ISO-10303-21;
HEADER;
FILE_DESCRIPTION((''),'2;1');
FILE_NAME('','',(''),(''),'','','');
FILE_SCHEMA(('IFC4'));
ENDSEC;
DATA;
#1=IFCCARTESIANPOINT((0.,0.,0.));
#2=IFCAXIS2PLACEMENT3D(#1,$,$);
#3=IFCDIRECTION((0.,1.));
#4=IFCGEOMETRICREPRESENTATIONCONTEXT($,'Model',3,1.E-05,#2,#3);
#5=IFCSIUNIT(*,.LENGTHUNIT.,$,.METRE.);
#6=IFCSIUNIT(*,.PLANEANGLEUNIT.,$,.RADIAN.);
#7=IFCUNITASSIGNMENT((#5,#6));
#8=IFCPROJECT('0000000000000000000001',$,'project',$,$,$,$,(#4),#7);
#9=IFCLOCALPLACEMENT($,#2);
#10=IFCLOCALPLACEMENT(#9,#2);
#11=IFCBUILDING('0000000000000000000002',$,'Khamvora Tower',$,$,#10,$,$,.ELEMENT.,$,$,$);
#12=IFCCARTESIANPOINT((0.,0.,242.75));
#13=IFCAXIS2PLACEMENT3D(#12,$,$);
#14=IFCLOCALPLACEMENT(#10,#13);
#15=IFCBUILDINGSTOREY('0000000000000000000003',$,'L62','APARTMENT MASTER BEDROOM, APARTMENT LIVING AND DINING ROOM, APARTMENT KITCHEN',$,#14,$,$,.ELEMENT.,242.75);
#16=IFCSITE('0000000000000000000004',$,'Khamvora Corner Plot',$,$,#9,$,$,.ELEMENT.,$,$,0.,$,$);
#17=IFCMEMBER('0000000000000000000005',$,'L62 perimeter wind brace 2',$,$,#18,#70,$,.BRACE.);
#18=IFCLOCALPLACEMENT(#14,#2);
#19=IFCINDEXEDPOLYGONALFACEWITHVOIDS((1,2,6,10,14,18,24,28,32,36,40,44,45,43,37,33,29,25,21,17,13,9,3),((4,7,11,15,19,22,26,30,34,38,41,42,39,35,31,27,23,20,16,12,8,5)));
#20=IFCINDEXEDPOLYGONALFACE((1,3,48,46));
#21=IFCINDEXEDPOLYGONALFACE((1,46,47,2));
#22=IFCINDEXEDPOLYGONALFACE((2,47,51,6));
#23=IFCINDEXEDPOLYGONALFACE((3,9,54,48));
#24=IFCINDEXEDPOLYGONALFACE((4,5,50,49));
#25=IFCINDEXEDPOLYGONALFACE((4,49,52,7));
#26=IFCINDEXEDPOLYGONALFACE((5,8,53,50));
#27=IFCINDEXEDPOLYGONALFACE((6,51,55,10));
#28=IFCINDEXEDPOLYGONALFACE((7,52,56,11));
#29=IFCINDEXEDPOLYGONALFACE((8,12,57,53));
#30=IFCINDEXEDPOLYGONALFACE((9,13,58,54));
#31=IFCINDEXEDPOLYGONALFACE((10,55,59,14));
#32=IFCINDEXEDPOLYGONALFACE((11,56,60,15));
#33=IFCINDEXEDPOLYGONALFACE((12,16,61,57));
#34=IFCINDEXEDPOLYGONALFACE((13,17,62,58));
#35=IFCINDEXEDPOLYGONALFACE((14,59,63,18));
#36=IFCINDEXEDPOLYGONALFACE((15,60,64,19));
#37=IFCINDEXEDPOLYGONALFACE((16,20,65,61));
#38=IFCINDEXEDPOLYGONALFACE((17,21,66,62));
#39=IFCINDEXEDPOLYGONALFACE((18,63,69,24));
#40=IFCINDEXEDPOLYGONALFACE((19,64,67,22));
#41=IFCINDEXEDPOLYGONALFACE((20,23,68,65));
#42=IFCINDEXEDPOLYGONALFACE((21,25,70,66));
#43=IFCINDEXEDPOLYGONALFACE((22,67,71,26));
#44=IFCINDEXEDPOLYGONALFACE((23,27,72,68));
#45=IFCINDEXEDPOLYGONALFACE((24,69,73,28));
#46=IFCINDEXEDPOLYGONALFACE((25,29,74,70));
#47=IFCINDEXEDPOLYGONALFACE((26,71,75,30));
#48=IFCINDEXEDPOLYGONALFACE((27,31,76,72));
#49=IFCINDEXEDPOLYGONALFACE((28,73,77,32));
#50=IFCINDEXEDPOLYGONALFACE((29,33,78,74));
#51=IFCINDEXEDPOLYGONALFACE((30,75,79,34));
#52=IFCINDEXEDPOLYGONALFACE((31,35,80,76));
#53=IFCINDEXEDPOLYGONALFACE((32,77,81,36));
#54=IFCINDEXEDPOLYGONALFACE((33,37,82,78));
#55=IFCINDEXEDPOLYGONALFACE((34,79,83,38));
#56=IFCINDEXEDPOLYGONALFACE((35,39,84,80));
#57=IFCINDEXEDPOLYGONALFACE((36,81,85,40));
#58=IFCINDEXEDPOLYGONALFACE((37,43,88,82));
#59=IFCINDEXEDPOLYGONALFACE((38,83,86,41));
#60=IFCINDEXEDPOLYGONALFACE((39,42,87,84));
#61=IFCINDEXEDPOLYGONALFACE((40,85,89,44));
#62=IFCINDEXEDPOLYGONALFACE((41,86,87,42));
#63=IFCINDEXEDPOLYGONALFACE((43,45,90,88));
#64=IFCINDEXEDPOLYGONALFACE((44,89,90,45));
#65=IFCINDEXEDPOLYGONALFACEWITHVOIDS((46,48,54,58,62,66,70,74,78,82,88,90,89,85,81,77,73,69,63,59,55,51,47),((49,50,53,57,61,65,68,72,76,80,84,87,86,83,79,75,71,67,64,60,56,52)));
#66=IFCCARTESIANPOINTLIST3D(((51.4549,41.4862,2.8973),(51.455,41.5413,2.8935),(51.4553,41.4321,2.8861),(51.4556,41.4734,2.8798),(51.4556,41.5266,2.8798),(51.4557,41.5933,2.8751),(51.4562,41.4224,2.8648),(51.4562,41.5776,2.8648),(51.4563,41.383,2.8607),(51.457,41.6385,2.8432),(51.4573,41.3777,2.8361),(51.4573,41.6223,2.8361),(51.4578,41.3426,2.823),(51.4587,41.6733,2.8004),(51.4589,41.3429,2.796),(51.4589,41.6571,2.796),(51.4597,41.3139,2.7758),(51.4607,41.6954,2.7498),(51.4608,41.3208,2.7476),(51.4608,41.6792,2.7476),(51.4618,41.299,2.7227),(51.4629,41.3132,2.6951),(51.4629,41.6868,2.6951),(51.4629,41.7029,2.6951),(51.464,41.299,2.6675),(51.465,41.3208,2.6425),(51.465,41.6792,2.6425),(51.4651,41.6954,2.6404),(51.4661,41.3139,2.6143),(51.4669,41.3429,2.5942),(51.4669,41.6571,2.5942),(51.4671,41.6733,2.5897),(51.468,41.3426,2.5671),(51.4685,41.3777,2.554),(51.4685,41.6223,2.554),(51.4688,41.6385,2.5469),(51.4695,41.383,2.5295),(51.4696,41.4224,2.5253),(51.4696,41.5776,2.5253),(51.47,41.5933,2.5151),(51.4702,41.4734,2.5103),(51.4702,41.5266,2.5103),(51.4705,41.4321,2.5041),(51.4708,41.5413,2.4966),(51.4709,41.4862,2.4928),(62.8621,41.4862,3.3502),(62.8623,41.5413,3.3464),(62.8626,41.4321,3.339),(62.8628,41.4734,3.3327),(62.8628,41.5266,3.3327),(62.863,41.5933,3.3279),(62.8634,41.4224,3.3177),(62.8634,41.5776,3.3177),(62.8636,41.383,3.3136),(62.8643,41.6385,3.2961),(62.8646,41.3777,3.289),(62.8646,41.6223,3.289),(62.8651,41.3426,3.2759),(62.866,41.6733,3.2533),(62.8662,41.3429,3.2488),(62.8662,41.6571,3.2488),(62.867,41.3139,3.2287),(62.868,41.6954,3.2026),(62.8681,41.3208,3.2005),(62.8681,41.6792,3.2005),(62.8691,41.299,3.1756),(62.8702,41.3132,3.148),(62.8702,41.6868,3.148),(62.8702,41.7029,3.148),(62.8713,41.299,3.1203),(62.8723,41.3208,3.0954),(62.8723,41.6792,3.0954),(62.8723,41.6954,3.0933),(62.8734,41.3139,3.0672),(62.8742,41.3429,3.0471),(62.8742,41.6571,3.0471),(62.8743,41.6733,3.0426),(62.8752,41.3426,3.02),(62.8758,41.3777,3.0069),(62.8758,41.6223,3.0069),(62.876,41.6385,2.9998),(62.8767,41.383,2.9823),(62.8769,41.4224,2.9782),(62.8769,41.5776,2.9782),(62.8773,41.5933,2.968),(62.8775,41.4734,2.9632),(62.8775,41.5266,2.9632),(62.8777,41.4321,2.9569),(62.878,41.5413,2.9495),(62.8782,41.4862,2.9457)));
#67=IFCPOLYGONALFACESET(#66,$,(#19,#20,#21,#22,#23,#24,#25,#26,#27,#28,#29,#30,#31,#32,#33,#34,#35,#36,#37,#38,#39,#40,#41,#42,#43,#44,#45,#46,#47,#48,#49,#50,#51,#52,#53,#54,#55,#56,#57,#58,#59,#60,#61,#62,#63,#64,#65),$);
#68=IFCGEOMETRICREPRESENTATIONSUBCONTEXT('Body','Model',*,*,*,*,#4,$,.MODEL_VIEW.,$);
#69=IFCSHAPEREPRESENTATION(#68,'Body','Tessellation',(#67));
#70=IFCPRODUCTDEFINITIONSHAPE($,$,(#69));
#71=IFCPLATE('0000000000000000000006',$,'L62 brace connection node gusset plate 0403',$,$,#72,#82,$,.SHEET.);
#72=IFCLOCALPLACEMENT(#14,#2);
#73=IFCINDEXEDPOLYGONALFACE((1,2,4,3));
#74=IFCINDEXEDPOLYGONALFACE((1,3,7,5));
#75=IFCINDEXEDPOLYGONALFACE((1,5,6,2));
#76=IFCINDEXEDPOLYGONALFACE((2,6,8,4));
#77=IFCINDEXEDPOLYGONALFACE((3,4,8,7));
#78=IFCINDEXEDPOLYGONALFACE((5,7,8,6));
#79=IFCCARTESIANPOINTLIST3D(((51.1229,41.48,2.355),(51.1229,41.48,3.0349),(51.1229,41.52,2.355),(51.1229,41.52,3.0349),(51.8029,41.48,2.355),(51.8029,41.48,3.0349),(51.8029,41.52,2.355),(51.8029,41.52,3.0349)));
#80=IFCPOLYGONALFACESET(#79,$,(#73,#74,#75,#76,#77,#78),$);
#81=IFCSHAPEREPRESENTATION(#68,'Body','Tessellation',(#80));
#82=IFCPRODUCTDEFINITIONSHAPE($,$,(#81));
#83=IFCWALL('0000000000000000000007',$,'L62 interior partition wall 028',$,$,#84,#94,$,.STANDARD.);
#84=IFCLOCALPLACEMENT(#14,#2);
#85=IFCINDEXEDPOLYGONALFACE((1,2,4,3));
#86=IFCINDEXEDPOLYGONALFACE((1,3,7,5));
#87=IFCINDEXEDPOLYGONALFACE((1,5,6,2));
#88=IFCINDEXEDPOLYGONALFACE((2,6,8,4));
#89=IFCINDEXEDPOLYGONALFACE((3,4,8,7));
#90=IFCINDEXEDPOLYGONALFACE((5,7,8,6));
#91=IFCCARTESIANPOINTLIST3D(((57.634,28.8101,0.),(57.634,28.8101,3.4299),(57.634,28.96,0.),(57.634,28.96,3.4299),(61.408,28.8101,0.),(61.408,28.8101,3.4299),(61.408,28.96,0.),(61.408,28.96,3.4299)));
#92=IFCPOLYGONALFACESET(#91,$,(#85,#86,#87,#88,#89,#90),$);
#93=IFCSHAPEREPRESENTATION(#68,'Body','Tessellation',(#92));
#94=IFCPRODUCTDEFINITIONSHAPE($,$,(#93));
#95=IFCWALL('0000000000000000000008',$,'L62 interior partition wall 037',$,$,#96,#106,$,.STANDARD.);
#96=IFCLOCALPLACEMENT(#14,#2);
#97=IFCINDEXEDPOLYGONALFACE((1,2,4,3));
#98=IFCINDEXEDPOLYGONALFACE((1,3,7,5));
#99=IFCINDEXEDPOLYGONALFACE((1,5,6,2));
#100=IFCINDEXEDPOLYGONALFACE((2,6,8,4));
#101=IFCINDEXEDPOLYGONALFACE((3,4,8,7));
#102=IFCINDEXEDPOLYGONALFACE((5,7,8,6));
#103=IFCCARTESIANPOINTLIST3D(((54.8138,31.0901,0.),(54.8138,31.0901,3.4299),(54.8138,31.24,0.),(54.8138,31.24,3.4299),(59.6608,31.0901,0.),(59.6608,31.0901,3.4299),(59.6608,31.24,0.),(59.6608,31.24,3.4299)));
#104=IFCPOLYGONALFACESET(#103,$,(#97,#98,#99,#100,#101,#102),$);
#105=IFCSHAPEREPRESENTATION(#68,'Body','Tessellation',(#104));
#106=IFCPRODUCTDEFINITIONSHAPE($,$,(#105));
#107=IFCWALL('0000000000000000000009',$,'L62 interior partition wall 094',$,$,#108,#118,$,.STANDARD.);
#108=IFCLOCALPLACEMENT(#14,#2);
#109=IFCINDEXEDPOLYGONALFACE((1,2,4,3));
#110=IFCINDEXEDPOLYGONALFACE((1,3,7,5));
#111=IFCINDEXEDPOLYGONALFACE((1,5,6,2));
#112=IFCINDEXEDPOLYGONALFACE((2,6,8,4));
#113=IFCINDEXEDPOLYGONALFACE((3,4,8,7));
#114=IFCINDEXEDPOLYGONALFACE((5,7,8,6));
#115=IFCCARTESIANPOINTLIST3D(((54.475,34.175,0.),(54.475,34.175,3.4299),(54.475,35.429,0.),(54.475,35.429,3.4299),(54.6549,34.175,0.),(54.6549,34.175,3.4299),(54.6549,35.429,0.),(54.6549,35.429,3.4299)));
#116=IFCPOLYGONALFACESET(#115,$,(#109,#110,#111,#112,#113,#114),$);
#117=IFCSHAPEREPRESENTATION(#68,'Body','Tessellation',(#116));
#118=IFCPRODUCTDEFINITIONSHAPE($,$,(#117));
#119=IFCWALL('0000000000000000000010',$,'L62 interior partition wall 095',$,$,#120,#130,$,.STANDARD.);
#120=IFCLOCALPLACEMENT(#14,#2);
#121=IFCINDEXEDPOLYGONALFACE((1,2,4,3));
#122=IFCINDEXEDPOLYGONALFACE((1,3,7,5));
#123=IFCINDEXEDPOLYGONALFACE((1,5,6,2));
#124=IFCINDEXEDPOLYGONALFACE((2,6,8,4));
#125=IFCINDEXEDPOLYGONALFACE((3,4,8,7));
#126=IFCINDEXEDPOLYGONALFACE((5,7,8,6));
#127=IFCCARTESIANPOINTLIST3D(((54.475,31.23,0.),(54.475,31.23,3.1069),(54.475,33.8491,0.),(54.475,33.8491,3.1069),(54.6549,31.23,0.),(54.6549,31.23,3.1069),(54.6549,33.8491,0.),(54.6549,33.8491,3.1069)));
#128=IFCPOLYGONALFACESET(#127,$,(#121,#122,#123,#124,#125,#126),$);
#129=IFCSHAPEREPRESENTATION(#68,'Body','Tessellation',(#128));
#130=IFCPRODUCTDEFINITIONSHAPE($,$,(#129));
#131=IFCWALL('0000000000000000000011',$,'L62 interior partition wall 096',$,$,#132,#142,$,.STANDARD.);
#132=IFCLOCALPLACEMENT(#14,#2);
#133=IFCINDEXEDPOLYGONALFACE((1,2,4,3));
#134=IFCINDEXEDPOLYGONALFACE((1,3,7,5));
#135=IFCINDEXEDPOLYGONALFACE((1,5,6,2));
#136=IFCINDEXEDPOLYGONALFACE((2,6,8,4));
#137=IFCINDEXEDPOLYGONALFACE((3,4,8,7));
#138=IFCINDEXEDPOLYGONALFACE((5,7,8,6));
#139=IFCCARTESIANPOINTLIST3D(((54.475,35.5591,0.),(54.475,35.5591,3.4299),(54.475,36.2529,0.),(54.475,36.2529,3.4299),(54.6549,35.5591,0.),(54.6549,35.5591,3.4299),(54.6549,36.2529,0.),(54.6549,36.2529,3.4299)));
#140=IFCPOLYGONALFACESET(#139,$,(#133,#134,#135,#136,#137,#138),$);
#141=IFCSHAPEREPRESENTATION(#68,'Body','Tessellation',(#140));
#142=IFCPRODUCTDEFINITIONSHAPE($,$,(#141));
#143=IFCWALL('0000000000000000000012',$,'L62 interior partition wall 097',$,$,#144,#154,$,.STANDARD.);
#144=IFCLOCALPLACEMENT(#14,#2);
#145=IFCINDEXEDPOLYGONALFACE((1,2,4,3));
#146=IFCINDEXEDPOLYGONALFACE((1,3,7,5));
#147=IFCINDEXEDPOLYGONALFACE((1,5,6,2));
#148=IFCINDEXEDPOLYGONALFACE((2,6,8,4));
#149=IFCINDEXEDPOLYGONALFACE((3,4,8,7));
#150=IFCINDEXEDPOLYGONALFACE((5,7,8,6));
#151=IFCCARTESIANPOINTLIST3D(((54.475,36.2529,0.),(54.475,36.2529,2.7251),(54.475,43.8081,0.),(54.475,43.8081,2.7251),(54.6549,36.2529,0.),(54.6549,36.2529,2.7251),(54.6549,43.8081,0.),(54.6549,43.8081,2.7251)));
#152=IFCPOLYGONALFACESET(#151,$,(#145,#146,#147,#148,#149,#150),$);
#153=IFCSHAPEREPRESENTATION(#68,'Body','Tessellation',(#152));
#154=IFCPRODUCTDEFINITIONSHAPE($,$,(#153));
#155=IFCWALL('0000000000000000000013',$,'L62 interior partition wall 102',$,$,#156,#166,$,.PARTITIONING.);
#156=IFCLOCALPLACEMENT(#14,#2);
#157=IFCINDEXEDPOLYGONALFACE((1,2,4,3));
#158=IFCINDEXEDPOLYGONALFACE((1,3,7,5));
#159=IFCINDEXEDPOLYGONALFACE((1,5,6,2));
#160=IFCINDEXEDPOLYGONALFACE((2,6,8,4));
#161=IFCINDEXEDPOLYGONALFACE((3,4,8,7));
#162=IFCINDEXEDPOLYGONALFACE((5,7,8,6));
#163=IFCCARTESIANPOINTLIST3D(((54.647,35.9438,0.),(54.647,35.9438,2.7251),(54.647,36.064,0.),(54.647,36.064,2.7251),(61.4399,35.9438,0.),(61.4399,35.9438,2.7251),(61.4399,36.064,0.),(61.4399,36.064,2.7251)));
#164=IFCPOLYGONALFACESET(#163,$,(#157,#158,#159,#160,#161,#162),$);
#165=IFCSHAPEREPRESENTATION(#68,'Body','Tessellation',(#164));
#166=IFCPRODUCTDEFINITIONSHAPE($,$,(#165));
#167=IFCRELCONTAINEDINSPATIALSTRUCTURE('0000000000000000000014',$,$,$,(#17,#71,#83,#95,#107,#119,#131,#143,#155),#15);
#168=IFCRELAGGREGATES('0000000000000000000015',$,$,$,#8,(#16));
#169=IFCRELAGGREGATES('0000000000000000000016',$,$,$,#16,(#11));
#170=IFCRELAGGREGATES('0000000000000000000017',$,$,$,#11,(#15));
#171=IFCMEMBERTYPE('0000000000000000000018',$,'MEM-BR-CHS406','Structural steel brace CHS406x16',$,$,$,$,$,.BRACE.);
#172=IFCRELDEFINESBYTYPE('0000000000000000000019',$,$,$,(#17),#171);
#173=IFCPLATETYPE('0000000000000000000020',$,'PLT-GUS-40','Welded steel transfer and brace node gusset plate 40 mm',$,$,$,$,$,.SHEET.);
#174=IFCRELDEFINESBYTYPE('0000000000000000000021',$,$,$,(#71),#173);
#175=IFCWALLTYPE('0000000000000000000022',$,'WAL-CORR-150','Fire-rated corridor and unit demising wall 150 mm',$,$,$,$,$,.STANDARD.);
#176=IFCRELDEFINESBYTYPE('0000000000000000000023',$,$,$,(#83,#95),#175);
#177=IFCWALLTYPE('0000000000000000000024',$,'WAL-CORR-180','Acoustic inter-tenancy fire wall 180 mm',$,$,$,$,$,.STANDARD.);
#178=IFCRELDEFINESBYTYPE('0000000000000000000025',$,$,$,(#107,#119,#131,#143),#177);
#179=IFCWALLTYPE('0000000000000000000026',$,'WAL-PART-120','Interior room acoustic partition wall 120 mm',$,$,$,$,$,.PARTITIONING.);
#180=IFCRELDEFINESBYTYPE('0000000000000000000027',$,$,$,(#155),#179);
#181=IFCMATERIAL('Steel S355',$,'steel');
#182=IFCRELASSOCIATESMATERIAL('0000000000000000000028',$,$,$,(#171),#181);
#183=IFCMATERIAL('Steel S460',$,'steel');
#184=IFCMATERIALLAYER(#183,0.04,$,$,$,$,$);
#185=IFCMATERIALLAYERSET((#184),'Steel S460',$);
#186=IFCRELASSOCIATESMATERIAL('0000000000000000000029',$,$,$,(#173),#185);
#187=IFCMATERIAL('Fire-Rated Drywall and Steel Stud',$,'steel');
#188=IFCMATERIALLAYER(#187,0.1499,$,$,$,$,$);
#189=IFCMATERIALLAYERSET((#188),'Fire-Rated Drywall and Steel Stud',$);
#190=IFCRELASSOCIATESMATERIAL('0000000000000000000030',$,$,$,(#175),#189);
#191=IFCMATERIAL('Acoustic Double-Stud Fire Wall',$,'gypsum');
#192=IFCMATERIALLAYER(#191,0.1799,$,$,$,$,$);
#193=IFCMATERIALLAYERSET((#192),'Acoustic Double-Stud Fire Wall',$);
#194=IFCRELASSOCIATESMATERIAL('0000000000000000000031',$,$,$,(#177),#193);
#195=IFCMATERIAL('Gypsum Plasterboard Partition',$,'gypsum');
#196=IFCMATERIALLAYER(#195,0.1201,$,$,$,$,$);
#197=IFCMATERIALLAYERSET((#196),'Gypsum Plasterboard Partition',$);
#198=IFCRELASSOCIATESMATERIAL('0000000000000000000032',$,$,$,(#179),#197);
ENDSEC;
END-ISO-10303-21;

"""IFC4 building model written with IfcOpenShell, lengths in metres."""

from ifc_helpers import new_model, si_unit, direction, frame, frame_2d, origin, origin_2d, place, context, subcontext, project, spatial, rectangle, hollow_circle, extrude, material, layer, layer_set, material_profile, profile_set, type_object, element, save


model = new_model("IFC4")

# Units and contexts
model_context = context("Model", 3, precision=1e-05, world=origin(), true_north=direction((0.0, 1.0)))
body_context = subcontext(model_context, "Body", "Model", "MODEL_VIEW")
ifc_project = project(units=[si_unit("LENGTHUNIT", "METRE"), si_unit("PLANEANGLEUNIT", "RADIAN")], contexts=[model_context])

# Site, building, storey
site_placement = place(None, origin())
site = spatial("IfcSite", under=ifc_project, at=site_placement, Name="Khamvora Corner Plot", CompositionType="ELEMENT", RefElevation=0.0)
building_placement = place(site_placement, origin())
building = spatial("IfcBuilding", under=site, at=building_placement, Name="Khamvora Tower", CompositionType="ELEMENT")
storey_placement = place(building_placement, frame((0.0, 0.0, 242.75)))
storey = spatial("IfcBuildingStorey", under=building, at=storey_placement, Name="L62", Description="APARTMENT MASTER BEDROOM, APARTMENT LIVING AND DINING ROOM, APARTMENT KITCHEN", CompositionType="ELEMENT", Elevation=242.75)

# Shared definitions
ifc_material_1 = material(Name="Steel S355", Category="steel")

# Member
ifc_material_profile_1 = material_profile(ifc_material_1, hollow_circle(Radius=0.2029, WallThickness=0.0161, at=origin_2d()), Name="CHS406x16")
ifc_profile_set_1 = profile_set([ifc_material_profile_1], Name="Steel S355")
member_type = type_object("IfcMemberType", Name="MEM-BR-CHS406", Description="Structural steel brace CHS406x16", PredefinedType="BRACE", material=ifc_profile_set_1)
member_placement = place(storey_placement, frame((51.4629, 41.5, 2.6951), z_axis=(0.999213, 0.0, 0.03967), x_axis=(0.0, 1.0, 0.0)))
element("IfcMember", 1, at=member_placement, inside=storey, type_object=member_type, Name="L62 perimeter wind brace 2", PredefinedType="BRACE", context=body_context, shape_type="SweptSolid", body=[
    extrude(hollow_circle(Radius=0.2029, WallThickness=0.0161, at=origin_2d()), origin(), (0.0, 0.0, 1.0), 11.4163),
])

# Plate
ifc_material_2 = material(Name="Steel S460", Category="steel")
ifc_layer_1 = layer(ifc_material_2, 0.04)
ifc_layer_set_1 = layer_set([ifc_layer_1], Name="Steel S460")
plate_type = type_object("IfcPlateType", Name="PLT-GUS-40", Description="Welded steel transfer and brace node gusset plate 40 mm", PredefinedType="SHEET", material=ifc_layer_set_1)
plate_placement = place(storey_placement, frame((51.4629, 41.5, 2.355), z_axis=(0.0, 0.0, 1.0), x_axis=(1.0, 0.0, 0.0)))
element("IfcPlate", 2, at=plate_placement, inside=storey, type_object=plate_type, Name="L62 brace connection node gusset plate 0403", PredefinedType="SHEET", context=body_context, shape_type="SweptSolid", body=[
    extrude(rectangle(XDim=0.6799, YDim=0.04, at=origin_2d()), origin(), (0.0, 0.0, 1.0), 0.6799),
])

# Wall
ifc_material_3 = material(Name="Fire-Rated Drywall and Steel Stud", Category="steel")
ifc_layer_2 = layer(ifc_material_3, 0.1499)
ifc_layer_set_2 = layer_set([ifc_layer_2], Name="Fire-Rated Drywall and Steel Stud")
wall_type_1 = type_object("IfcWallType", Name="WAL-CORR-150", Description="Fire-rated corridor and unit demising wall 150 mm", PredefinedType="STANDARD", material=ifc_layer_set_2)
wall_1_placement = place(storey_placement, frame((61.408, 28.885, 0.0), z_axis=(0.0, 0.0, 1.0), x_axis=(-1.0, 0.0, 0.0)))
element("IfcWall", 3, at=wall_1_placement, inside=storey, type_object=wall_type_1, Name="L62 interior partition wall 028", PredefinedType="STANDARD", context=body_context, shape_type="SweptSolid", body=[
    extrude(rectangle(XDim=3.7739, YDim=0.1499, at=frame_2d((1.887, 0.0))), origin(), (0.0, 0.0, 1.0), 3.4299),
])

# Walls
wall_2_placement = place(storey_placement, frame((54.814, 31.165, 0.0), z_axis=(0.0, 0.0, 1.0), x_axis=(1.0, 0.0, 0.0)))
element("IfcWall", 4, at=wall_2_placement, inside=storey, type_object=wall_type_1, Name="L62 interior partition wall 037", PredefinedType="STANDARD", context=body_context, shape_type="SweptSolid", body=[
    extrude(rectangle(XDim=4.8469, YDim=0.1499, at=frame_2d((2.4233, 0.0))), origin(), (0.0, 0.0, 1.0), 3.4299),
])
ifc_material_4 = material(Name="Acoustic Double-Stud Fire Wall", Category="gypsum")
ifc_layer_3 = layer(ifc_material_4, 0.1799)
ifc_layer_set_3 = layer_set([ifc_layer_3], Name="Acoustic Double-Stud Fire Wall")
wall_type_2 = type_object("IfcWallType", Name="WAL-CORR-180", Description="Acoustic inter-tenancy fire wall 180 mm", PredefinedType="STANDARD", material=ifc_layer_set_3)
wall_3_placement = place(storey_placement, frame((54.5649, 35.429, 0.0), z_axis=(0.0, 0.0, 1.0), x_axis=(0.0, -1.0, 0.0)))
element("IfcWall", 5, at=wall_3_placement, inside=storey, type_object=wall_type_2, Name="L62 interior partition wall 094", PredefinedType="STANDARD", context=body_context, shape_type="SweptSolid", body=[
    extrude(rectangle(XDim=1.2539, YDim=0.1799, at=frame_2d((0.627, 0.0))), origin(), (0.0, 0.0, 1.0), 3.4299),
])
wall_4_placement = place(storey_placement, frame((54.5649, 33.8491, 0.0), z_axis=(0.0, 0.0, 1.0), x_axis=(0.0, -1.0, 0.0)))
element("IfcWall", 6, at=wall_4_placement, inside=storey, type_object=wall_type_2, Name="L62 interior partition wall 095", PredefinedType="STANDARD", context=body_context, shape_type="SweptSolid", body=[
    extrude(rectangle(XDim=2.6191, YDim=0.1799, at=frame_2d((1.3096, 0.0))), origin(), (0.0, 0.0, 1.0), 3.1069),
])
wall_5_placement = place(storey_placement, frame((54.5649, 36.2529, 0.0), z_axis=(0.0, 0.0, 1.0), x_axis=(0.0, -1.0, 0.0)))
element("IfcWall", 7, at=wall_5_placement, inside=storey, type_object=wall_type_2, Name="L62 interior partition wall 096", PredefinedType="STANDARD", context=body_context, shape_type="SweptSolid", body=[
    extrude(rectangle(XDim=0.6938, YDim=0.1799, at=frame_2d((0.3469, 0.0))), origin(), (0.0, 0.0, 1.0), 3.4299),
])
wall_6_placement = place(storey_placement, frame((54.5649, 43.8081, 0.0), z_axis=(0.0, 0.0, 1.0), x_axis=(0.0, -1.0, 0.0)))
element("IfcWall", 8, at=wall_6_placement, inside=storey, type_object=wall_type_2, Name="L62 interior partition wall 097", PredefinedType="STANDARD", context=body_context, shape_type="SweptSolid", body=[
    extrude(rectangle(XDim=7.5552, YDim=0.1799, at=frame_2d((3.7776, 0.0))), origin(), (0.0, 0.0, 1.0), 2.7251),
])
ifc_material_5 = material(Name="Gypsum Plasterboard Partition", Category="gypsum")
ifc_layer_4 = layer(ifc_material_5, 0.1201)
ifc_layer_set_4 = layer_set([ifc_layer_4], Name="Gypsum Plasterboard Partition")
wall_type_3 = type_object("IfcWallType", Name="WAL-PART-120", Description="Interior room acoustic partition wall 120 mm", PredefinedType="PARTITIONING", material=ifc_layer_set_4)
wall_7_placement = place(storey_placement, frame((54.647, 36.0039, 0.0), z_axis=(0.0, 0.0, 1.0), x_axis=(1.0, 0.0, 0.0)))
element("IfcWall", 9, at=wall_7_placement, inside=storey, type_object=wall_type_3, Name="L62 interior partition wall 102", PredefinedType="PARTITIONING", context=body_context, shape_type="SweptSolid", body=[
    extrude(rectangle(XDim=6.793, YDim=0.1201, at=frame_2d((3.3965, 0.0))), origin(), (0.0, 0.0, 1.0), 2.7251),
])

save(model, "model.ifc")
